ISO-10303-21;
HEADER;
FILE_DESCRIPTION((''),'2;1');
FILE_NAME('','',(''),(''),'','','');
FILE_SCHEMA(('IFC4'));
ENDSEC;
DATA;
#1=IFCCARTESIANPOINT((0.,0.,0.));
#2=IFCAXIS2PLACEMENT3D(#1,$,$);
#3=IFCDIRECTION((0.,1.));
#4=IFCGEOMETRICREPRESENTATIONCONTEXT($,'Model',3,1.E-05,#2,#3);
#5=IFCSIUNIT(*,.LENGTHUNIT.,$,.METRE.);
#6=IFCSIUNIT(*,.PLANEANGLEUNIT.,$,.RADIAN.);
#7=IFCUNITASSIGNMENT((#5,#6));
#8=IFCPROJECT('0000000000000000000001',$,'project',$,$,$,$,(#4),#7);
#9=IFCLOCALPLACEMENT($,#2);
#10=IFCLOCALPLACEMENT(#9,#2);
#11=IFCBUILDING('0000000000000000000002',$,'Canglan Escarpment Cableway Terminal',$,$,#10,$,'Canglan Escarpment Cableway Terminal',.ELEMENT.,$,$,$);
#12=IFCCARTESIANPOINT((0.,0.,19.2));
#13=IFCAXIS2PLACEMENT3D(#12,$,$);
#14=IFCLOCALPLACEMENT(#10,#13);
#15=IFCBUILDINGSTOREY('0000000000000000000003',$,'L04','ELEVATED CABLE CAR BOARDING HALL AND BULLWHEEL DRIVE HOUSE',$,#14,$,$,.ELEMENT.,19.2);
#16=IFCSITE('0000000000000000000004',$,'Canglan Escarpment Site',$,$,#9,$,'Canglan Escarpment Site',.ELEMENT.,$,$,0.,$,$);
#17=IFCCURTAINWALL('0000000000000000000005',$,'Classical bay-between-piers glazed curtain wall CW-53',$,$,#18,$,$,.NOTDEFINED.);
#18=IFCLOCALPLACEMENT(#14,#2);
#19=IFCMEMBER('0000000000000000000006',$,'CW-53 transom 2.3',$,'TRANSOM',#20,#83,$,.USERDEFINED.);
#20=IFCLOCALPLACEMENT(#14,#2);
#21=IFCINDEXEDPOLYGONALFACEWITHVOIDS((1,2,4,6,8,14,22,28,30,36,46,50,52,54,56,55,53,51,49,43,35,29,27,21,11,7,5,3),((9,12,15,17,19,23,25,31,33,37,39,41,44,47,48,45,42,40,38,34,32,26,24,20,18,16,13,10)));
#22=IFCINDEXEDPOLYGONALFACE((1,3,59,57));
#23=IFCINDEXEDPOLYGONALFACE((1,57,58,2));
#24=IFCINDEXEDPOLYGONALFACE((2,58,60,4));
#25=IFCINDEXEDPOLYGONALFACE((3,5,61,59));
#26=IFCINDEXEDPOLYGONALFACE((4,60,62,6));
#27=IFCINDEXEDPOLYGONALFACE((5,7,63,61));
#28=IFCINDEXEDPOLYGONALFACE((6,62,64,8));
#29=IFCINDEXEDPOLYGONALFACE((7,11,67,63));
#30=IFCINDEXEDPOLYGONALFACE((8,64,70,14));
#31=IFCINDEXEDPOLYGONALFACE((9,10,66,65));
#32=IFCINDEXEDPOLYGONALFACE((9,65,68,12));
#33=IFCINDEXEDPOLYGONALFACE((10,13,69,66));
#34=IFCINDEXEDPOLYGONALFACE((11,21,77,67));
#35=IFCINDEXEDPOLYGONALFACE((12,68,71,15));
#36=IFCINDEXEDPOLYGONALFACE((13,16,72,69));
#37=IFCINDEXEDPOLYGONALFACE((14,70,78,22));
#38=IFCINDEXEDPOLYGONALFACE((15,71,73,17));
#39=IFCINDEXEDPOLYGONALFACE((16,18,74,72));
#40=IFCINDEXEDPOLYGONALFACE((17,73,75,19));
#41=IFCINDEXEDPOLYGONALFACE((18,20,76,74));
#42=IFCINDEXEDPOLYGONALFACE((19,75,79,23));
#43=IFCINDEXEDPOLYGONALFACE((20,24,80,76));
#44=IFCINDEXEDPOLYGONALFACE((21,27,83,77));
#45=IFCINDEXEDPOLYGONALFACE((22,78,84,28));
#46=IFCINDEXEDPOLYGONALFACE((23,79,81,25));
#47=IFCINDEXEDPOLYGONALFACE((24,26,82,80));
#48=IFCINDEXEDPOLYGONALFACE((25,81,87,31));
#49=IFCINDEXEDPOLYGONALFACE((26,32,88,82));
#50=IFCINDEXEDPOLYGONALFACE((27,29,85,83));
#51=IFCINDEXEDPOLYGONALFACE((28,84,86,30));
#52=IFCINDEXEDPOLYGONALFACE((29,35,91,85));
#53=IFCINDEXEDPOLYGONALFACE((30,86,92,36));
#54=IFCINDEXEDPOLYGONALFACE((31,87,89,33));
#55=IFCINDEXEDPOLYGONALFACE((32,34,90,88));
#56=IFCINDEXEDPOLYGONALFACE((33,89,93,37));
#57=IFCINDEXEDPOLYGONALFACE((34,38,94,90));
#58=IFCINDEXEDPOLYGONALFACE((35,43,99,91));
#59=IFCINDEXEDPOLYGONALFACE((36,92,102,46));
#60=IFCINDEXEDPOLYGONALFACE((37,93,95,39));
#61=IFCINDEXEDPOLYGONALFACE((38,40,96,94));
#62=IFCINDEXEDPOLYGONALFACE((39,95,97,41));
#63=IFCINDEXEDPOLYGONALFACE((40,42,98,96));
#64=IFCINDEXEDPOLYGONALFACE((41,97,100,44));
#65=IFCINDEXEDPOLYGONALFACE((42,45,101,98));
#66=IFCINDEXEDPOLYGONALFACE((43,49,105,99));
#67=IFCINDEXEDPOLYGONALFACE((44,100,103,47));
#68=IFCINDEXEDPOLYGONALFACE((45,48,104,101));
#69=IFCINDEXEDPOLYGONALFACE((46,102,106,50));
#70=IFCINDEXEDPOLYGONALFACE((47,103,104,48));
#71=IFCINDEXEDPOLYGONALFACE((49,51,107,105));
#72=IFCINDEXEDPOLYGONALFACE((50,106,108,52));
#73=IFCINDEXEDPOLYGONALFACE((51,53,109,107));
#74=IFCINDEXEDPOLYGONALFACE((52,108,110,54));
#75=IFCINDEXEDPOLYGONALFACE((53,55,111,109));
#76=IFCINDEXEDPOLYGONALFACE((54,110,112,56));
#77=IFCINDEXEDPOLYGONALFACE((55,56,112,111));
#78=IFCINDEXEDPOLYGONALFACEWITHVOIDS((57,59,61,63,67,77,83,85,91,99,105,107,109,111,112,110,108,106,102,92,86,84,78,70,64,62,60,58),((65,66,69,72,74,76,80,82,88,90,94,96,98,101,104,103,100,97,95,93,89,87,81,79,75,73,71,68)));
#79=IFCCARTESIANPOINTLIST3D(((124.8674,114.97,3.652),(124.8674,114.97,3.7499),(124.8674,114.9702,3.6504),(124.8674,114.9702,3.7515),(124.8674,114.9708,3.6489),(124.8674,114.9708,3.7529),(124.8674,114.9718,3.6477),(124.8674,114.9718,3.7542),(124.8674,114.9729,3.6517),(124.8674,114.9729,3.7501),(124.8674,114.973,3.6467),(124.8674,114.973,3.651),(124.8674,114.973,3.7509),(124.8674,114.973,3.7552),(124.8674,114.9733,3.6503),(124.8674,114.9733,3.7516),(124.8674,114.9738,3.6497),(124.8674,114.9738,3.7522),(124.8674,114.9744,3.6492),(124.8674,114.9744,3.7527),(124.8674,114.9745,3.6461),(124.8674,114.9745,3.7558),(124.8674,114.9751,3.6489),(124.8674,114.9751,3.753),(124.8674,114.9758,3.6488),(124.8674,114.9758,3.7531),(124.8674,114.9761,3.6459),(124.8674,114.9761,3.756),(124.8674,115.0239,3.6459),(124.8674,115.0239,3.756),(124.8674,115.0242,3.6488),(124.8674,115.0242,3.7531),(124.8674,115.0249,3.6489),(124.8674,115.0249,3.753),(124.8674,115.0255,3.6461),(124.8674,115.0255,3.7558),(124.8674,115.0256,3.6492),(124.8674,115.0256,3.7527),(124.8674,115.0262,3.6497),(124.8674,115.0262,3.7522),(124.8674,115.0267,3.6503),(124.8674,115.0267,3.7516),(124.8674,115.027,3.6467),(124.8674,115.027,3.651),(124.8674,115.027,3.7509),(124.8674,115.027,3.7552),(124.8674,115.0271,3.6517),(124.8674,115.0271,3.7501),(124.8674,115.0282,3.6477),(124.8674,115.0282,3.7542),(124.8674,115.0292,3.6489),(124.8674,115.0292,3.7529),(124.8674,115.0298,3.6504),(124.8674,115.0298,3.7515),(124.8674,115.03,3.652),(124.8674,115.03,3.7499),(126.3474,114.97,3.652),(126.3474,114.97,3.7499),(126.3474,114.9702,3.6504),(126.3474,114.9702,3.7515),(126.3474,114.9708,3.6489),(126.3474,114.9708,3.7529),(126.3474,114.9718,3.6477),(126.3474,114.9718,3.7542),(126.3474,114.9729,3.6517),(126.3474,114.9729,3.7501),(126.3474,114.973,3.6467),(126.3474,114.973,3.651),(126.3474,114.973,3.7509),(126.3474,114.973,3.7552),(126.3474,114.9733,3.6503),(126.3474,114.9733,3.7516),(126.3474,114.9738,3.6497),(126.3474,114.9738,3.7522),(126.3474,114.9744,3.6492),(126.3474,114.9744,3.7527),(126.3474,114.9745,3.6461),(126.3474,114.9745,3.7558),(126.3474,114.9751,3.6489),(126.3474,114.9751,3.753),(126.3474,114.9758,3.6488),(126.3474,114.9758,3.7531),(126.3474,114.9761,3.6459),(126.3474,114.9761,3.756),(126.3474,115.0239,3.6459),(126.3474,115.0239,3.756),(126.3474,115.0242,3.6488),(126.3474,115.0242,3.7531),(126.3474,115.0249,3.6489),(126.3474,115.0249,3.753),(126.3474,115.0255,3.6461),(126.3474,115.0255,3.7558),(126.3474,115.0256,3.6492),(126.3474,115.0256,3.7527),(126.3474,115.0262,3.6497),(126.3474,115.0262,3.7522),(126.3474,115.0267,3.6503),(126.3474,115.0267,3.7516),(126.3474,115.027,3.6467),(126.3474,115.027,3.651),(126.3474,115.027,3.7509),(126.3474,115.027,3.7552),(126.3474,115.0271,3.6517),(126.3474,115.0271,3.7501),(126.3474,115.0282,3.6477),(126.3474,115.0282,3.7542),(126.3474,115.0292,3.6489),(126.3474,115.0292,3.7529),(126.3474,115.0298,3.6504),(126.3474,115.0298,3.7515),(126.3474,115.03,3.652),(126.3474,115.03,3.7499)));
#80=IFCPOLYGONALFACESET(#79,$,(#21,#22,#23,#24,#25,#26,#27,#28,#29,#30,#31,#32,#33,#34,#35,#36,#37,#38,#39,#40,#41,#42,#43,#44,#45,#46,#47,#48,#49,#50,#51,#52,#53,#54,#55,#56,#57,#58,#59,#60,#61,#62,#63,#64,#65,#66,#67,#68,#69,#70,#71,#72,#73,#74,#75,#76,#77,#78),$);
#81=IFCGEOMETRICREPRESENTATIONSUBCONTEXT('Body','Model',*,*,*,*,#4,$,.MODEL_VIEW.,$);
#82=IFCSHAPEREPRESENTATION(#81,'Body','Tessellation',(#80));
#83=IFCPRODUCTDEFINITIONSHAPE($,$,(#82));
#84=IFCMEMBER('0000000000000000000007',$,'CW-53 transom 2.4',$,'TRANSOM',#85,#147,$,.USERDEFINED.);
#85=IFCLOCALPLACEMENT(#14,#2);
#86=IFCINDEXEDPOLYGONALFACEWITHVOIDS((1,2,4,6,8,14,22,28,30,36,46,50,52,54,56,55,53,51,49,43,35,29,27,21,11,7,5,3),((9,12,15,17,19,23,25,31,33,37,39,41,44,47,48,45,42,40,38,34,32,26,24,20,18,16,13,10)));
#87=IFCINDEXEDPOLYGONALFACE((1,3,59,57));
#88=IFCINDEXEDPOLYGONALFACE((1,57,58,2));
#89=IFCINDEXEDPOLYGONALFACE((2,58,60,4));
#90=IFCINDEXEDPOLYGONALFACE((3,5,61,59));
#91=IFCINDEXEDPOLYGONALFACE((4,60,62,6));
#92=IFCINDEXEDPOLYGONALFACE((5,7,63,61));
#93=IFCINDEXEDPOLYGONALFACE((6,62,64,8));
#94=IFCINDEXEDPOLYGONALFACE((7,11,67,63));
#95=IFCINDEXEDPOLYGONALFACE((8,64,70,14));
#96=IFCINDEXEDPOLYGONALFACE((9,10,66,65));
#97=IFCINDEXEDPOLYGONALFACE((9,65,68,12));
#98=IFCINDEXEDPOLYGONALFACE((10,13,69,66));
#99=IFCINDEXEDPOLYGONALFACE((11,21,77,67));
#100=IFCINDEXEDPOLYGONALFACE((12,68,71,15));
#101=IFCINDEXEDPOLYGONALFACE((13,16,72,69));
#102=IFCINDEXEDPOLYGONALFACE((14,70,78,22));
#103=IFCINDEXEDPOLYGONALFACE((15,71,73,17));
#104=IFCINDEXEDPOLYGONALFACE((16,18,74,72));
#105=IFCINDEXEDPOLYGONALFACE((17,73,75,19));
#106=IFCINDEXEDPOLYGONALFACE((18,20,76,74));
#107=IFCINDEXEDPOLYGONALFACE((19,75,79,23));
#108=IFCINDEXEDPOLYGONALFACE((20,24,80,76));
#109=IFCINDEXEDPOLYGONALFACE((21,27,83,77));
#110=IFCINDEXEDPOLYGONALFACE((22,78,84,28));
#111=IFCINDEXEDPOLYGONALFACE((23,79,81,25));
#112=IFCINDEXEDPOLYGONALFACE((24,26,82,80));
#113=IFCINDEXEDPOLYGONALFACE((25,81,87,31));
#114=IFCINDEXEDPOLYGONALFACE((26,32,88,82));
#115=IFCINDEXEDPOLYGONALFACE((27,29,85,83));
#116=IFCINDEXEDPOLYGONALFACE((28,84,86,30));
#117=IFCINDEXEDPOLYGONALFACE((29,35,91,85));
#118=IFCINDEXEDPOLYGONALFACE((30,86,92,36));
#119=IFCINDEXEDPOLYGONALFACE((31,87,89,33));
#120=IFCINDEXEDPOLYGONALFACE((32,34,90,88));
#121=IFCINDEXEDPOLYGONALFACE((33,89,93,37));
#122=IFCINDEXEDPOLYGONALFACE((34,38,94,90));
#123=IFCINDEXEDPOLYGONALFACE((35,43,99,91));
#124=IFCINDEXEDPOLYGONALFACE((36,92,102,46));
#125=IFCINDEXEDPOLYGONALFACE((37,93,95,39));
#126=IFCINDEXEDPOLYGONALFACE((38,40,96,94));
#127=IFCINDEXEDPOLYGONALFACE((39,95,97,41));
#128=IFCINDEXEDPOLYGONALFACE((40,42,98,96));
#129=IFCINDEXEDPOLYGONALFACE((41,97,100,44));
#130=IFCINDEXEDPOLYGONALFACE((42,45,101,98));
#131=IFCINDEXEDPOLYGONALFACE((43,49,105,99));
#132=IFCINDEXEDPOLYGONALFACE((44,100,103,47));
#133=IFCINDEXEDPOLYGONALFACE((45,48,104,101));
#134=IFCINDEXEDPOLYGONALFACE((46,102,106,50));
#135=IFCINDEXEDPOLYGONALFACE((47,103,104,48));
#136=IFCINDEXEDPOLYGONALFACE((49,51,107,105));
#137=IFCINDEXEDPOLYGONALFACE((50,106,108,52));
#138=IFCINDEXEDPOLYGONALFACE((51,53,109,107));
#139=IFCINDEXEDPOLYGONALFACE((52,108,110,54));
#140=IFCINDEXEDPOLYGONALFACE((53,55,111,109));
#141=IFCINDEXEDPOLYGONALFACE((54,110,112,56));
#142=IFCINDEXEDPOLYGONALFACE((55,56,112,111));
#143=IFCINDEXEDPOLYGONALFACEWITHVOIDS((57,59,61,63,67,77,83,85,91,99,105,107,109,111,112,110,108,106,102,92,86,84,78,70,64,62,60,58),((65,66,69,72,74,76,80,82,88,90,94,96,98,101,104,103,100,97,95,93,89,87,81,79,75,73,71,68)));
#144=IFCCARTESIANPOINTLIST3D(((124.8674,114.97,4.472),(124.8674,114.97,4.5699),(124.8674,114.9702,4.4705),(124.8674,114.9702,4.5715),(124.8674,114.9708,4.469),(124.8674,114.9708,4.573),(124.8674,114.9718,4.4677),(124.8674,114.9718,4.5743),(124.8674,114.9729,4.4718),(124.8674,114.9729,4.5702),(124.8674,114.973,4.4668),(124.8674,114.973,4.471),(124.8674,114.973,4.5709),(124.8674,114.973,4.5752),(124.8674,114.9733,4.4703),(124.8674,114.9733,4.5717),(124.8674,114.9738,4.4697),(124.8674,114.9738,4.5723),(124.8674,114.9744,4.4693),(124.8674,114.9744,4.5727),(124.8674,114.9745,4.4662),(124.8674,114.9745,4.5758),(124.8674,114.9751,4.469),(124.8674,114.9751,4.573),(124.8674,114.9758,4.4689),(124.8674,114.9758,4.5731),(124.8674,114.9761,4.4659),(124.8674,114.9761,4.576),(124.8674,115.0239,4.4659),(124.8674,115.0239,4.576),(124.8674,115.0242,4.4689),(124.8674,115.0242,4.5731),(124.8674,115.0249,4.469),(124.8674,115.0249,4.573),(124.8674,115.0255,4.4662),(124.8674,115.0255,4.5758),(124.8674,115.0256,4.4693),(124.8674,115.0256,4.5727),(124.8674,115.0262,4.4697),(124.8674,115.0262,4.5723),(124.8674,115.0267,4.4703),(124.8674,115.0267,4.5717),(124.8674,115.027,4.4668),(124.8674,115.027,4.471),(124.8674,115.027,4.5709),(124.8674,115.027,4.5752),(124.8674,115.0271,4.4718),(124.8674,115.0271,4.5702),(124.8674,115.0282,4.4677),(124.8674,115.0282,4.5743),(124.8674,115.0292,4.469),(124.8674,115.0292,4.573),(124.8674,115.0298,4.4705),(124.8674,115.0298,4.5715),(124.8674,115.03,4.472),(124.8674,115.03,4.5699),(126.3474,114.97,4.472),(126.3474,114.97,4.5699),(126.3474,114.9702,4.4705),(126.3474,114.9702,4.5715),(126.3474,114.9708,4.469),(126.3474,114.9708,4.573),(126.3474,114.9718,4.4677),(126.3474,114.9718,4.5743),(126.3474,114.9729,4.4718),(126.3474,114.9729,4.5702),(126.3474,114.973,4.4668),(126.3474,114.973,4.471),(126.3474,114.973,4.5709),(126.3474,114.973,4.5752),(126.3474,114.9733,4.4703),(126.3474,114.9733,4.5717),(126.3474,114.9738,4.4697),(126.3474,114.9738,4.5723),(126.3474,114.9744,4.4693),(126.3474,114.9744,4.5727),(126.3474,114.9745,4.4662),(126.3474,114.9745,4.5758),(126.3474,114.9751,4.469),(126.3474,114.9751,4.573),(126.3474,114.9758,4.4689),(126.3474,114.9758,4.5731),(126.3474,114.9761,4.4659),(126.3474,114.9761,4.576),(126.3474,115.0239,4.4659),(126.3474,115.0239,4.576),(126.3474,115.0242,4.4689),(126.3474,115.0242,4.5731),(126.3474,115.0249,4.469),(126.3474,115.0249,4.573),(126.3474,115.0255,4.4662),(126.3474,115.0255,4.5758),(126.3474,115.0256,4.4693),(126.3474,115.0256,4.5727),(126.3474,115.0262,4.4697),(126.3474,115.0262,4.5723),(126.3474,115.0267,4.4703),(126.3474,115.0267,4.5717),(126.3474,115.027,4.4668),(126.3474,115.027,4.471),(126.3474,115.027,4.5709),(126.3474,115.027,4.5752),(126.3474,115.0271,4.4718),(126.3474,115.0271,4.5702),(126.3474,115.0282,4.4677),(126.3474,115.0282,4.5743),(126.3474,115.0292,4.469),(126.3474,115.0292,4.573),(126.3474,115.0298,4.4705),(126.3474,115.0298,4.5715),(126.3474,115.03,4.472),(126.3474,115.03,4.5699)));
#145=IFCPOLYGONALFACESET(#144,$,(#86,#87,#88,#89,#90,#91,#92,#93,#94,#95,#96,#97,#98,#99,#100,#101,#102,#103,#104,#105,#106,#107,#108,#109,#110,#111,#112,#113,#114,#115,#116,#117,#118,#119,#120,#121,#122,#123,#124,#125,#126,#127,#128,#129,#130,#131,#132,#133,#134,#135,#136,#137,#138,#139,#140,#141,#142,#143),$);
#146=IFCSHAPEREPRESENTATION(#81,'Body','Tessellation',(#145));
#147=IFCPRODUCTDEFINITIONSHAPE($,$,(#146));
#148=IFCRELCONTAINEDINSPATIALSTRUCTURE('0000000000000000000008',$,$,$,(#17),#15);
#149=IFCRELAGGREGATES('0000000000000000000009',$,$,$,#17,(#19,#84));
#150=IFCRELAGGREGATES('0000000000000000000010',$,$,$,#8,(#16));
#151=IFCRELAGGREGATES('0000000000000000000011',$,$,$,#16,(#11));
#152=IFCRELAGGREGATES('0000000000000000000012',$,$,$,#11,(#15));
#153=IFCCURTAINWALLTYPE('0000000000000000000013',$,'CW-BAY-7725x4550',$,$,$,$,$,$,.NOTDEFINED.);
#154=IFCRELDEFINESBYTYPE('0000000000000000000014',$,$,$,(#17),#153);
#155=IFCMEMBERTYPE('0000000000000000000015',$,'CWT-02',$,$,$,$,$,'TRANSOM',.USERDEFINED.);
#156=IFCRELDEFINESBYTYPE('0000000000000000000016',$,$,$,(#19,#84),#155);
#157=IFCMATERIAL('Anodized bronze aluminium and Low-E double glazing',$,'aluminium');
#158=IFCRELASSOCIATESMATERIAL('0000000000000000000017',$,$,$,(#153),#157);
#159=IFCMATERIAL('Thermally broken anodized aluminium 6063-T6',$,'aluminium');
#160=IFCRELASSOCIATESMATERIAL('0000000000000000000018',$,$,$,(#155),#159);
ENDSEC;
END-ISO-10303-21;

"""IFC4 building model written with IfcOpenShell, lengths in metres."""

from ifc_helpers import new_model, si_unit, direction, frame, origin, origin_2d, place, context, subcontext, project, spatial, hollow_rectangle, extrude, material, material_profile, profile_set, type_object, element, aggregate, save


model = new_model("IFC4")

# Units and contexts
model_context = context("Model", 3, precision=1e-05, world=origin(), true_north=direction((0.0, 1.0)))
body_context = subcontext(model_context, "Body", "Model", "MODEL_VIEW")
ifc_project = project(units=[si_unit("LENGTHUNIT", "METRE"), si_unit("PLANEANGLEUNIT", "RADIAN")], contexts=[model_context])

# Site, building, storey
site_placement = place(None, origin())
site = spatial("IfcSite", under=ifc_project, at=site_placement, Name="Canglan Escarpment Site", LongName="Canglan Escarpment Site", CompositionType="ELEMENT", RefElevation=0.0)
building_placement = place(site_placement, origin())
building = spatial("IfcBuilding", under=site, at=building_placement, Name="Canglan Escarpment Cableway Terminal", LongName="Canglan Escarpment Cableway Terminal", CompositionType="ELEMENT")
storey_placement = place(building_placement, frame((0.0, 0.0, 19.2)))
storey = spatial("IfcBuildingStorey", under=building, at=storey_placement, Name="L04", Description="ELEVATED CABLE CAR BOARDING HALL AND BULLWHEEL DRIVE HOUSE", CompositionType="ELEMENT", Elevation=19.2)

# Curtain wall
ifc_material_1 = material(Name="Anodized bronze aluminium and Low-E double glazing", Category="aluminium")
curtain_wall_type_1 = type_object("IfcCurtainWallType", Name="CW-BAY-7725x4550", PredefinedType="NOTDEFINED", material=ifc_material_1)
curtain_wall_1_placement = place(storey_placement, origin())
curtain_wall_1 = element("IfcCurtainWall", 1, at=curtain_wall_1_placement, inside=storey, type_object=curtain_wall_type_1, Name="Classical bay-between-piers glazed curtain wall CW-53", PredefinedType="NOTDEFINED")
ifc_material_2 = material(Name="Thermally broken anodized aluminium 6063-T6", Category="aluminium")

# Members
ifc_material_profile_1 = material_profile(ifc_material_2, hollow_rectangle(XDim=0.0601, YDim=0.1101, WallThickness=0.0029, InnerFilletRadius=0.0029, OuterFilletRadius=0.0061, at=origin_2d()), Name="ALU-TRAN 60x110x3")
ifc_profile_set_1 = profile_set([ifc_material_profile_1], Name="Thermally broken anodized aluminium 6063-T6")
member_type_1 = type_object("IfcMemberType", Name="CWT-02", ElementType="TRANSOM", PredefinedType="USERDEFINED", material=ifc_profile_set_1)
member_1_placement = place(storey_placement, frame((126.3474, 115.0, 3.7009), z_axis=(-1.0, 0.0, 0.0), x_axis=(0.0, -1.0, 0.0)))
member_1 = element("IfcMember", 2, at=member_1_placement, type_object=member_type_1, Name="CW-53 transom 2.3", ObjectType="TRANSOM", PredefinedType="USERDEFINED", context=body_context, shape_type="SweptSolid", body=[
    extrude(hollow_rectangle(XDim=0.0601, YDim=0.1101, WallThickness=0.0029, InnerFilletRadius=0.0029, OuterFilletRadius=0.0061, at=origin_2d()), origin(), (0.0, 0.0, 1.0), 1.48),
])
member_2_placement = place(storey_placement, frame((126.3474, 115.0, 4.521), z_axis=(-1.0, 0.0, 0.0), x_axis=(0.0, -1.0, 0.0)))
member_2 = element("IfcMember", 3, at=member_2_placement, type_object=member_type_1, Name="CW-53 transom 2.4", ObjectType="TRANSOM", PredefinedType="USERDEFINED", context=body_context, shape_type="SweptSolid", body=[
    extrude(hollow_rectangle(XDim=0.0601, YDim=0.1101, WallThickness=0.0029, InnerFilletRadius=0.0029, OuterFilletRadius=0.0061, at=origin_2d()), origin(), (0.0, 0.0, 1.0), 1.48),
])

aggregate(curtain_wall_1, [member_1, member_2])

save(model, "model.ifc")
